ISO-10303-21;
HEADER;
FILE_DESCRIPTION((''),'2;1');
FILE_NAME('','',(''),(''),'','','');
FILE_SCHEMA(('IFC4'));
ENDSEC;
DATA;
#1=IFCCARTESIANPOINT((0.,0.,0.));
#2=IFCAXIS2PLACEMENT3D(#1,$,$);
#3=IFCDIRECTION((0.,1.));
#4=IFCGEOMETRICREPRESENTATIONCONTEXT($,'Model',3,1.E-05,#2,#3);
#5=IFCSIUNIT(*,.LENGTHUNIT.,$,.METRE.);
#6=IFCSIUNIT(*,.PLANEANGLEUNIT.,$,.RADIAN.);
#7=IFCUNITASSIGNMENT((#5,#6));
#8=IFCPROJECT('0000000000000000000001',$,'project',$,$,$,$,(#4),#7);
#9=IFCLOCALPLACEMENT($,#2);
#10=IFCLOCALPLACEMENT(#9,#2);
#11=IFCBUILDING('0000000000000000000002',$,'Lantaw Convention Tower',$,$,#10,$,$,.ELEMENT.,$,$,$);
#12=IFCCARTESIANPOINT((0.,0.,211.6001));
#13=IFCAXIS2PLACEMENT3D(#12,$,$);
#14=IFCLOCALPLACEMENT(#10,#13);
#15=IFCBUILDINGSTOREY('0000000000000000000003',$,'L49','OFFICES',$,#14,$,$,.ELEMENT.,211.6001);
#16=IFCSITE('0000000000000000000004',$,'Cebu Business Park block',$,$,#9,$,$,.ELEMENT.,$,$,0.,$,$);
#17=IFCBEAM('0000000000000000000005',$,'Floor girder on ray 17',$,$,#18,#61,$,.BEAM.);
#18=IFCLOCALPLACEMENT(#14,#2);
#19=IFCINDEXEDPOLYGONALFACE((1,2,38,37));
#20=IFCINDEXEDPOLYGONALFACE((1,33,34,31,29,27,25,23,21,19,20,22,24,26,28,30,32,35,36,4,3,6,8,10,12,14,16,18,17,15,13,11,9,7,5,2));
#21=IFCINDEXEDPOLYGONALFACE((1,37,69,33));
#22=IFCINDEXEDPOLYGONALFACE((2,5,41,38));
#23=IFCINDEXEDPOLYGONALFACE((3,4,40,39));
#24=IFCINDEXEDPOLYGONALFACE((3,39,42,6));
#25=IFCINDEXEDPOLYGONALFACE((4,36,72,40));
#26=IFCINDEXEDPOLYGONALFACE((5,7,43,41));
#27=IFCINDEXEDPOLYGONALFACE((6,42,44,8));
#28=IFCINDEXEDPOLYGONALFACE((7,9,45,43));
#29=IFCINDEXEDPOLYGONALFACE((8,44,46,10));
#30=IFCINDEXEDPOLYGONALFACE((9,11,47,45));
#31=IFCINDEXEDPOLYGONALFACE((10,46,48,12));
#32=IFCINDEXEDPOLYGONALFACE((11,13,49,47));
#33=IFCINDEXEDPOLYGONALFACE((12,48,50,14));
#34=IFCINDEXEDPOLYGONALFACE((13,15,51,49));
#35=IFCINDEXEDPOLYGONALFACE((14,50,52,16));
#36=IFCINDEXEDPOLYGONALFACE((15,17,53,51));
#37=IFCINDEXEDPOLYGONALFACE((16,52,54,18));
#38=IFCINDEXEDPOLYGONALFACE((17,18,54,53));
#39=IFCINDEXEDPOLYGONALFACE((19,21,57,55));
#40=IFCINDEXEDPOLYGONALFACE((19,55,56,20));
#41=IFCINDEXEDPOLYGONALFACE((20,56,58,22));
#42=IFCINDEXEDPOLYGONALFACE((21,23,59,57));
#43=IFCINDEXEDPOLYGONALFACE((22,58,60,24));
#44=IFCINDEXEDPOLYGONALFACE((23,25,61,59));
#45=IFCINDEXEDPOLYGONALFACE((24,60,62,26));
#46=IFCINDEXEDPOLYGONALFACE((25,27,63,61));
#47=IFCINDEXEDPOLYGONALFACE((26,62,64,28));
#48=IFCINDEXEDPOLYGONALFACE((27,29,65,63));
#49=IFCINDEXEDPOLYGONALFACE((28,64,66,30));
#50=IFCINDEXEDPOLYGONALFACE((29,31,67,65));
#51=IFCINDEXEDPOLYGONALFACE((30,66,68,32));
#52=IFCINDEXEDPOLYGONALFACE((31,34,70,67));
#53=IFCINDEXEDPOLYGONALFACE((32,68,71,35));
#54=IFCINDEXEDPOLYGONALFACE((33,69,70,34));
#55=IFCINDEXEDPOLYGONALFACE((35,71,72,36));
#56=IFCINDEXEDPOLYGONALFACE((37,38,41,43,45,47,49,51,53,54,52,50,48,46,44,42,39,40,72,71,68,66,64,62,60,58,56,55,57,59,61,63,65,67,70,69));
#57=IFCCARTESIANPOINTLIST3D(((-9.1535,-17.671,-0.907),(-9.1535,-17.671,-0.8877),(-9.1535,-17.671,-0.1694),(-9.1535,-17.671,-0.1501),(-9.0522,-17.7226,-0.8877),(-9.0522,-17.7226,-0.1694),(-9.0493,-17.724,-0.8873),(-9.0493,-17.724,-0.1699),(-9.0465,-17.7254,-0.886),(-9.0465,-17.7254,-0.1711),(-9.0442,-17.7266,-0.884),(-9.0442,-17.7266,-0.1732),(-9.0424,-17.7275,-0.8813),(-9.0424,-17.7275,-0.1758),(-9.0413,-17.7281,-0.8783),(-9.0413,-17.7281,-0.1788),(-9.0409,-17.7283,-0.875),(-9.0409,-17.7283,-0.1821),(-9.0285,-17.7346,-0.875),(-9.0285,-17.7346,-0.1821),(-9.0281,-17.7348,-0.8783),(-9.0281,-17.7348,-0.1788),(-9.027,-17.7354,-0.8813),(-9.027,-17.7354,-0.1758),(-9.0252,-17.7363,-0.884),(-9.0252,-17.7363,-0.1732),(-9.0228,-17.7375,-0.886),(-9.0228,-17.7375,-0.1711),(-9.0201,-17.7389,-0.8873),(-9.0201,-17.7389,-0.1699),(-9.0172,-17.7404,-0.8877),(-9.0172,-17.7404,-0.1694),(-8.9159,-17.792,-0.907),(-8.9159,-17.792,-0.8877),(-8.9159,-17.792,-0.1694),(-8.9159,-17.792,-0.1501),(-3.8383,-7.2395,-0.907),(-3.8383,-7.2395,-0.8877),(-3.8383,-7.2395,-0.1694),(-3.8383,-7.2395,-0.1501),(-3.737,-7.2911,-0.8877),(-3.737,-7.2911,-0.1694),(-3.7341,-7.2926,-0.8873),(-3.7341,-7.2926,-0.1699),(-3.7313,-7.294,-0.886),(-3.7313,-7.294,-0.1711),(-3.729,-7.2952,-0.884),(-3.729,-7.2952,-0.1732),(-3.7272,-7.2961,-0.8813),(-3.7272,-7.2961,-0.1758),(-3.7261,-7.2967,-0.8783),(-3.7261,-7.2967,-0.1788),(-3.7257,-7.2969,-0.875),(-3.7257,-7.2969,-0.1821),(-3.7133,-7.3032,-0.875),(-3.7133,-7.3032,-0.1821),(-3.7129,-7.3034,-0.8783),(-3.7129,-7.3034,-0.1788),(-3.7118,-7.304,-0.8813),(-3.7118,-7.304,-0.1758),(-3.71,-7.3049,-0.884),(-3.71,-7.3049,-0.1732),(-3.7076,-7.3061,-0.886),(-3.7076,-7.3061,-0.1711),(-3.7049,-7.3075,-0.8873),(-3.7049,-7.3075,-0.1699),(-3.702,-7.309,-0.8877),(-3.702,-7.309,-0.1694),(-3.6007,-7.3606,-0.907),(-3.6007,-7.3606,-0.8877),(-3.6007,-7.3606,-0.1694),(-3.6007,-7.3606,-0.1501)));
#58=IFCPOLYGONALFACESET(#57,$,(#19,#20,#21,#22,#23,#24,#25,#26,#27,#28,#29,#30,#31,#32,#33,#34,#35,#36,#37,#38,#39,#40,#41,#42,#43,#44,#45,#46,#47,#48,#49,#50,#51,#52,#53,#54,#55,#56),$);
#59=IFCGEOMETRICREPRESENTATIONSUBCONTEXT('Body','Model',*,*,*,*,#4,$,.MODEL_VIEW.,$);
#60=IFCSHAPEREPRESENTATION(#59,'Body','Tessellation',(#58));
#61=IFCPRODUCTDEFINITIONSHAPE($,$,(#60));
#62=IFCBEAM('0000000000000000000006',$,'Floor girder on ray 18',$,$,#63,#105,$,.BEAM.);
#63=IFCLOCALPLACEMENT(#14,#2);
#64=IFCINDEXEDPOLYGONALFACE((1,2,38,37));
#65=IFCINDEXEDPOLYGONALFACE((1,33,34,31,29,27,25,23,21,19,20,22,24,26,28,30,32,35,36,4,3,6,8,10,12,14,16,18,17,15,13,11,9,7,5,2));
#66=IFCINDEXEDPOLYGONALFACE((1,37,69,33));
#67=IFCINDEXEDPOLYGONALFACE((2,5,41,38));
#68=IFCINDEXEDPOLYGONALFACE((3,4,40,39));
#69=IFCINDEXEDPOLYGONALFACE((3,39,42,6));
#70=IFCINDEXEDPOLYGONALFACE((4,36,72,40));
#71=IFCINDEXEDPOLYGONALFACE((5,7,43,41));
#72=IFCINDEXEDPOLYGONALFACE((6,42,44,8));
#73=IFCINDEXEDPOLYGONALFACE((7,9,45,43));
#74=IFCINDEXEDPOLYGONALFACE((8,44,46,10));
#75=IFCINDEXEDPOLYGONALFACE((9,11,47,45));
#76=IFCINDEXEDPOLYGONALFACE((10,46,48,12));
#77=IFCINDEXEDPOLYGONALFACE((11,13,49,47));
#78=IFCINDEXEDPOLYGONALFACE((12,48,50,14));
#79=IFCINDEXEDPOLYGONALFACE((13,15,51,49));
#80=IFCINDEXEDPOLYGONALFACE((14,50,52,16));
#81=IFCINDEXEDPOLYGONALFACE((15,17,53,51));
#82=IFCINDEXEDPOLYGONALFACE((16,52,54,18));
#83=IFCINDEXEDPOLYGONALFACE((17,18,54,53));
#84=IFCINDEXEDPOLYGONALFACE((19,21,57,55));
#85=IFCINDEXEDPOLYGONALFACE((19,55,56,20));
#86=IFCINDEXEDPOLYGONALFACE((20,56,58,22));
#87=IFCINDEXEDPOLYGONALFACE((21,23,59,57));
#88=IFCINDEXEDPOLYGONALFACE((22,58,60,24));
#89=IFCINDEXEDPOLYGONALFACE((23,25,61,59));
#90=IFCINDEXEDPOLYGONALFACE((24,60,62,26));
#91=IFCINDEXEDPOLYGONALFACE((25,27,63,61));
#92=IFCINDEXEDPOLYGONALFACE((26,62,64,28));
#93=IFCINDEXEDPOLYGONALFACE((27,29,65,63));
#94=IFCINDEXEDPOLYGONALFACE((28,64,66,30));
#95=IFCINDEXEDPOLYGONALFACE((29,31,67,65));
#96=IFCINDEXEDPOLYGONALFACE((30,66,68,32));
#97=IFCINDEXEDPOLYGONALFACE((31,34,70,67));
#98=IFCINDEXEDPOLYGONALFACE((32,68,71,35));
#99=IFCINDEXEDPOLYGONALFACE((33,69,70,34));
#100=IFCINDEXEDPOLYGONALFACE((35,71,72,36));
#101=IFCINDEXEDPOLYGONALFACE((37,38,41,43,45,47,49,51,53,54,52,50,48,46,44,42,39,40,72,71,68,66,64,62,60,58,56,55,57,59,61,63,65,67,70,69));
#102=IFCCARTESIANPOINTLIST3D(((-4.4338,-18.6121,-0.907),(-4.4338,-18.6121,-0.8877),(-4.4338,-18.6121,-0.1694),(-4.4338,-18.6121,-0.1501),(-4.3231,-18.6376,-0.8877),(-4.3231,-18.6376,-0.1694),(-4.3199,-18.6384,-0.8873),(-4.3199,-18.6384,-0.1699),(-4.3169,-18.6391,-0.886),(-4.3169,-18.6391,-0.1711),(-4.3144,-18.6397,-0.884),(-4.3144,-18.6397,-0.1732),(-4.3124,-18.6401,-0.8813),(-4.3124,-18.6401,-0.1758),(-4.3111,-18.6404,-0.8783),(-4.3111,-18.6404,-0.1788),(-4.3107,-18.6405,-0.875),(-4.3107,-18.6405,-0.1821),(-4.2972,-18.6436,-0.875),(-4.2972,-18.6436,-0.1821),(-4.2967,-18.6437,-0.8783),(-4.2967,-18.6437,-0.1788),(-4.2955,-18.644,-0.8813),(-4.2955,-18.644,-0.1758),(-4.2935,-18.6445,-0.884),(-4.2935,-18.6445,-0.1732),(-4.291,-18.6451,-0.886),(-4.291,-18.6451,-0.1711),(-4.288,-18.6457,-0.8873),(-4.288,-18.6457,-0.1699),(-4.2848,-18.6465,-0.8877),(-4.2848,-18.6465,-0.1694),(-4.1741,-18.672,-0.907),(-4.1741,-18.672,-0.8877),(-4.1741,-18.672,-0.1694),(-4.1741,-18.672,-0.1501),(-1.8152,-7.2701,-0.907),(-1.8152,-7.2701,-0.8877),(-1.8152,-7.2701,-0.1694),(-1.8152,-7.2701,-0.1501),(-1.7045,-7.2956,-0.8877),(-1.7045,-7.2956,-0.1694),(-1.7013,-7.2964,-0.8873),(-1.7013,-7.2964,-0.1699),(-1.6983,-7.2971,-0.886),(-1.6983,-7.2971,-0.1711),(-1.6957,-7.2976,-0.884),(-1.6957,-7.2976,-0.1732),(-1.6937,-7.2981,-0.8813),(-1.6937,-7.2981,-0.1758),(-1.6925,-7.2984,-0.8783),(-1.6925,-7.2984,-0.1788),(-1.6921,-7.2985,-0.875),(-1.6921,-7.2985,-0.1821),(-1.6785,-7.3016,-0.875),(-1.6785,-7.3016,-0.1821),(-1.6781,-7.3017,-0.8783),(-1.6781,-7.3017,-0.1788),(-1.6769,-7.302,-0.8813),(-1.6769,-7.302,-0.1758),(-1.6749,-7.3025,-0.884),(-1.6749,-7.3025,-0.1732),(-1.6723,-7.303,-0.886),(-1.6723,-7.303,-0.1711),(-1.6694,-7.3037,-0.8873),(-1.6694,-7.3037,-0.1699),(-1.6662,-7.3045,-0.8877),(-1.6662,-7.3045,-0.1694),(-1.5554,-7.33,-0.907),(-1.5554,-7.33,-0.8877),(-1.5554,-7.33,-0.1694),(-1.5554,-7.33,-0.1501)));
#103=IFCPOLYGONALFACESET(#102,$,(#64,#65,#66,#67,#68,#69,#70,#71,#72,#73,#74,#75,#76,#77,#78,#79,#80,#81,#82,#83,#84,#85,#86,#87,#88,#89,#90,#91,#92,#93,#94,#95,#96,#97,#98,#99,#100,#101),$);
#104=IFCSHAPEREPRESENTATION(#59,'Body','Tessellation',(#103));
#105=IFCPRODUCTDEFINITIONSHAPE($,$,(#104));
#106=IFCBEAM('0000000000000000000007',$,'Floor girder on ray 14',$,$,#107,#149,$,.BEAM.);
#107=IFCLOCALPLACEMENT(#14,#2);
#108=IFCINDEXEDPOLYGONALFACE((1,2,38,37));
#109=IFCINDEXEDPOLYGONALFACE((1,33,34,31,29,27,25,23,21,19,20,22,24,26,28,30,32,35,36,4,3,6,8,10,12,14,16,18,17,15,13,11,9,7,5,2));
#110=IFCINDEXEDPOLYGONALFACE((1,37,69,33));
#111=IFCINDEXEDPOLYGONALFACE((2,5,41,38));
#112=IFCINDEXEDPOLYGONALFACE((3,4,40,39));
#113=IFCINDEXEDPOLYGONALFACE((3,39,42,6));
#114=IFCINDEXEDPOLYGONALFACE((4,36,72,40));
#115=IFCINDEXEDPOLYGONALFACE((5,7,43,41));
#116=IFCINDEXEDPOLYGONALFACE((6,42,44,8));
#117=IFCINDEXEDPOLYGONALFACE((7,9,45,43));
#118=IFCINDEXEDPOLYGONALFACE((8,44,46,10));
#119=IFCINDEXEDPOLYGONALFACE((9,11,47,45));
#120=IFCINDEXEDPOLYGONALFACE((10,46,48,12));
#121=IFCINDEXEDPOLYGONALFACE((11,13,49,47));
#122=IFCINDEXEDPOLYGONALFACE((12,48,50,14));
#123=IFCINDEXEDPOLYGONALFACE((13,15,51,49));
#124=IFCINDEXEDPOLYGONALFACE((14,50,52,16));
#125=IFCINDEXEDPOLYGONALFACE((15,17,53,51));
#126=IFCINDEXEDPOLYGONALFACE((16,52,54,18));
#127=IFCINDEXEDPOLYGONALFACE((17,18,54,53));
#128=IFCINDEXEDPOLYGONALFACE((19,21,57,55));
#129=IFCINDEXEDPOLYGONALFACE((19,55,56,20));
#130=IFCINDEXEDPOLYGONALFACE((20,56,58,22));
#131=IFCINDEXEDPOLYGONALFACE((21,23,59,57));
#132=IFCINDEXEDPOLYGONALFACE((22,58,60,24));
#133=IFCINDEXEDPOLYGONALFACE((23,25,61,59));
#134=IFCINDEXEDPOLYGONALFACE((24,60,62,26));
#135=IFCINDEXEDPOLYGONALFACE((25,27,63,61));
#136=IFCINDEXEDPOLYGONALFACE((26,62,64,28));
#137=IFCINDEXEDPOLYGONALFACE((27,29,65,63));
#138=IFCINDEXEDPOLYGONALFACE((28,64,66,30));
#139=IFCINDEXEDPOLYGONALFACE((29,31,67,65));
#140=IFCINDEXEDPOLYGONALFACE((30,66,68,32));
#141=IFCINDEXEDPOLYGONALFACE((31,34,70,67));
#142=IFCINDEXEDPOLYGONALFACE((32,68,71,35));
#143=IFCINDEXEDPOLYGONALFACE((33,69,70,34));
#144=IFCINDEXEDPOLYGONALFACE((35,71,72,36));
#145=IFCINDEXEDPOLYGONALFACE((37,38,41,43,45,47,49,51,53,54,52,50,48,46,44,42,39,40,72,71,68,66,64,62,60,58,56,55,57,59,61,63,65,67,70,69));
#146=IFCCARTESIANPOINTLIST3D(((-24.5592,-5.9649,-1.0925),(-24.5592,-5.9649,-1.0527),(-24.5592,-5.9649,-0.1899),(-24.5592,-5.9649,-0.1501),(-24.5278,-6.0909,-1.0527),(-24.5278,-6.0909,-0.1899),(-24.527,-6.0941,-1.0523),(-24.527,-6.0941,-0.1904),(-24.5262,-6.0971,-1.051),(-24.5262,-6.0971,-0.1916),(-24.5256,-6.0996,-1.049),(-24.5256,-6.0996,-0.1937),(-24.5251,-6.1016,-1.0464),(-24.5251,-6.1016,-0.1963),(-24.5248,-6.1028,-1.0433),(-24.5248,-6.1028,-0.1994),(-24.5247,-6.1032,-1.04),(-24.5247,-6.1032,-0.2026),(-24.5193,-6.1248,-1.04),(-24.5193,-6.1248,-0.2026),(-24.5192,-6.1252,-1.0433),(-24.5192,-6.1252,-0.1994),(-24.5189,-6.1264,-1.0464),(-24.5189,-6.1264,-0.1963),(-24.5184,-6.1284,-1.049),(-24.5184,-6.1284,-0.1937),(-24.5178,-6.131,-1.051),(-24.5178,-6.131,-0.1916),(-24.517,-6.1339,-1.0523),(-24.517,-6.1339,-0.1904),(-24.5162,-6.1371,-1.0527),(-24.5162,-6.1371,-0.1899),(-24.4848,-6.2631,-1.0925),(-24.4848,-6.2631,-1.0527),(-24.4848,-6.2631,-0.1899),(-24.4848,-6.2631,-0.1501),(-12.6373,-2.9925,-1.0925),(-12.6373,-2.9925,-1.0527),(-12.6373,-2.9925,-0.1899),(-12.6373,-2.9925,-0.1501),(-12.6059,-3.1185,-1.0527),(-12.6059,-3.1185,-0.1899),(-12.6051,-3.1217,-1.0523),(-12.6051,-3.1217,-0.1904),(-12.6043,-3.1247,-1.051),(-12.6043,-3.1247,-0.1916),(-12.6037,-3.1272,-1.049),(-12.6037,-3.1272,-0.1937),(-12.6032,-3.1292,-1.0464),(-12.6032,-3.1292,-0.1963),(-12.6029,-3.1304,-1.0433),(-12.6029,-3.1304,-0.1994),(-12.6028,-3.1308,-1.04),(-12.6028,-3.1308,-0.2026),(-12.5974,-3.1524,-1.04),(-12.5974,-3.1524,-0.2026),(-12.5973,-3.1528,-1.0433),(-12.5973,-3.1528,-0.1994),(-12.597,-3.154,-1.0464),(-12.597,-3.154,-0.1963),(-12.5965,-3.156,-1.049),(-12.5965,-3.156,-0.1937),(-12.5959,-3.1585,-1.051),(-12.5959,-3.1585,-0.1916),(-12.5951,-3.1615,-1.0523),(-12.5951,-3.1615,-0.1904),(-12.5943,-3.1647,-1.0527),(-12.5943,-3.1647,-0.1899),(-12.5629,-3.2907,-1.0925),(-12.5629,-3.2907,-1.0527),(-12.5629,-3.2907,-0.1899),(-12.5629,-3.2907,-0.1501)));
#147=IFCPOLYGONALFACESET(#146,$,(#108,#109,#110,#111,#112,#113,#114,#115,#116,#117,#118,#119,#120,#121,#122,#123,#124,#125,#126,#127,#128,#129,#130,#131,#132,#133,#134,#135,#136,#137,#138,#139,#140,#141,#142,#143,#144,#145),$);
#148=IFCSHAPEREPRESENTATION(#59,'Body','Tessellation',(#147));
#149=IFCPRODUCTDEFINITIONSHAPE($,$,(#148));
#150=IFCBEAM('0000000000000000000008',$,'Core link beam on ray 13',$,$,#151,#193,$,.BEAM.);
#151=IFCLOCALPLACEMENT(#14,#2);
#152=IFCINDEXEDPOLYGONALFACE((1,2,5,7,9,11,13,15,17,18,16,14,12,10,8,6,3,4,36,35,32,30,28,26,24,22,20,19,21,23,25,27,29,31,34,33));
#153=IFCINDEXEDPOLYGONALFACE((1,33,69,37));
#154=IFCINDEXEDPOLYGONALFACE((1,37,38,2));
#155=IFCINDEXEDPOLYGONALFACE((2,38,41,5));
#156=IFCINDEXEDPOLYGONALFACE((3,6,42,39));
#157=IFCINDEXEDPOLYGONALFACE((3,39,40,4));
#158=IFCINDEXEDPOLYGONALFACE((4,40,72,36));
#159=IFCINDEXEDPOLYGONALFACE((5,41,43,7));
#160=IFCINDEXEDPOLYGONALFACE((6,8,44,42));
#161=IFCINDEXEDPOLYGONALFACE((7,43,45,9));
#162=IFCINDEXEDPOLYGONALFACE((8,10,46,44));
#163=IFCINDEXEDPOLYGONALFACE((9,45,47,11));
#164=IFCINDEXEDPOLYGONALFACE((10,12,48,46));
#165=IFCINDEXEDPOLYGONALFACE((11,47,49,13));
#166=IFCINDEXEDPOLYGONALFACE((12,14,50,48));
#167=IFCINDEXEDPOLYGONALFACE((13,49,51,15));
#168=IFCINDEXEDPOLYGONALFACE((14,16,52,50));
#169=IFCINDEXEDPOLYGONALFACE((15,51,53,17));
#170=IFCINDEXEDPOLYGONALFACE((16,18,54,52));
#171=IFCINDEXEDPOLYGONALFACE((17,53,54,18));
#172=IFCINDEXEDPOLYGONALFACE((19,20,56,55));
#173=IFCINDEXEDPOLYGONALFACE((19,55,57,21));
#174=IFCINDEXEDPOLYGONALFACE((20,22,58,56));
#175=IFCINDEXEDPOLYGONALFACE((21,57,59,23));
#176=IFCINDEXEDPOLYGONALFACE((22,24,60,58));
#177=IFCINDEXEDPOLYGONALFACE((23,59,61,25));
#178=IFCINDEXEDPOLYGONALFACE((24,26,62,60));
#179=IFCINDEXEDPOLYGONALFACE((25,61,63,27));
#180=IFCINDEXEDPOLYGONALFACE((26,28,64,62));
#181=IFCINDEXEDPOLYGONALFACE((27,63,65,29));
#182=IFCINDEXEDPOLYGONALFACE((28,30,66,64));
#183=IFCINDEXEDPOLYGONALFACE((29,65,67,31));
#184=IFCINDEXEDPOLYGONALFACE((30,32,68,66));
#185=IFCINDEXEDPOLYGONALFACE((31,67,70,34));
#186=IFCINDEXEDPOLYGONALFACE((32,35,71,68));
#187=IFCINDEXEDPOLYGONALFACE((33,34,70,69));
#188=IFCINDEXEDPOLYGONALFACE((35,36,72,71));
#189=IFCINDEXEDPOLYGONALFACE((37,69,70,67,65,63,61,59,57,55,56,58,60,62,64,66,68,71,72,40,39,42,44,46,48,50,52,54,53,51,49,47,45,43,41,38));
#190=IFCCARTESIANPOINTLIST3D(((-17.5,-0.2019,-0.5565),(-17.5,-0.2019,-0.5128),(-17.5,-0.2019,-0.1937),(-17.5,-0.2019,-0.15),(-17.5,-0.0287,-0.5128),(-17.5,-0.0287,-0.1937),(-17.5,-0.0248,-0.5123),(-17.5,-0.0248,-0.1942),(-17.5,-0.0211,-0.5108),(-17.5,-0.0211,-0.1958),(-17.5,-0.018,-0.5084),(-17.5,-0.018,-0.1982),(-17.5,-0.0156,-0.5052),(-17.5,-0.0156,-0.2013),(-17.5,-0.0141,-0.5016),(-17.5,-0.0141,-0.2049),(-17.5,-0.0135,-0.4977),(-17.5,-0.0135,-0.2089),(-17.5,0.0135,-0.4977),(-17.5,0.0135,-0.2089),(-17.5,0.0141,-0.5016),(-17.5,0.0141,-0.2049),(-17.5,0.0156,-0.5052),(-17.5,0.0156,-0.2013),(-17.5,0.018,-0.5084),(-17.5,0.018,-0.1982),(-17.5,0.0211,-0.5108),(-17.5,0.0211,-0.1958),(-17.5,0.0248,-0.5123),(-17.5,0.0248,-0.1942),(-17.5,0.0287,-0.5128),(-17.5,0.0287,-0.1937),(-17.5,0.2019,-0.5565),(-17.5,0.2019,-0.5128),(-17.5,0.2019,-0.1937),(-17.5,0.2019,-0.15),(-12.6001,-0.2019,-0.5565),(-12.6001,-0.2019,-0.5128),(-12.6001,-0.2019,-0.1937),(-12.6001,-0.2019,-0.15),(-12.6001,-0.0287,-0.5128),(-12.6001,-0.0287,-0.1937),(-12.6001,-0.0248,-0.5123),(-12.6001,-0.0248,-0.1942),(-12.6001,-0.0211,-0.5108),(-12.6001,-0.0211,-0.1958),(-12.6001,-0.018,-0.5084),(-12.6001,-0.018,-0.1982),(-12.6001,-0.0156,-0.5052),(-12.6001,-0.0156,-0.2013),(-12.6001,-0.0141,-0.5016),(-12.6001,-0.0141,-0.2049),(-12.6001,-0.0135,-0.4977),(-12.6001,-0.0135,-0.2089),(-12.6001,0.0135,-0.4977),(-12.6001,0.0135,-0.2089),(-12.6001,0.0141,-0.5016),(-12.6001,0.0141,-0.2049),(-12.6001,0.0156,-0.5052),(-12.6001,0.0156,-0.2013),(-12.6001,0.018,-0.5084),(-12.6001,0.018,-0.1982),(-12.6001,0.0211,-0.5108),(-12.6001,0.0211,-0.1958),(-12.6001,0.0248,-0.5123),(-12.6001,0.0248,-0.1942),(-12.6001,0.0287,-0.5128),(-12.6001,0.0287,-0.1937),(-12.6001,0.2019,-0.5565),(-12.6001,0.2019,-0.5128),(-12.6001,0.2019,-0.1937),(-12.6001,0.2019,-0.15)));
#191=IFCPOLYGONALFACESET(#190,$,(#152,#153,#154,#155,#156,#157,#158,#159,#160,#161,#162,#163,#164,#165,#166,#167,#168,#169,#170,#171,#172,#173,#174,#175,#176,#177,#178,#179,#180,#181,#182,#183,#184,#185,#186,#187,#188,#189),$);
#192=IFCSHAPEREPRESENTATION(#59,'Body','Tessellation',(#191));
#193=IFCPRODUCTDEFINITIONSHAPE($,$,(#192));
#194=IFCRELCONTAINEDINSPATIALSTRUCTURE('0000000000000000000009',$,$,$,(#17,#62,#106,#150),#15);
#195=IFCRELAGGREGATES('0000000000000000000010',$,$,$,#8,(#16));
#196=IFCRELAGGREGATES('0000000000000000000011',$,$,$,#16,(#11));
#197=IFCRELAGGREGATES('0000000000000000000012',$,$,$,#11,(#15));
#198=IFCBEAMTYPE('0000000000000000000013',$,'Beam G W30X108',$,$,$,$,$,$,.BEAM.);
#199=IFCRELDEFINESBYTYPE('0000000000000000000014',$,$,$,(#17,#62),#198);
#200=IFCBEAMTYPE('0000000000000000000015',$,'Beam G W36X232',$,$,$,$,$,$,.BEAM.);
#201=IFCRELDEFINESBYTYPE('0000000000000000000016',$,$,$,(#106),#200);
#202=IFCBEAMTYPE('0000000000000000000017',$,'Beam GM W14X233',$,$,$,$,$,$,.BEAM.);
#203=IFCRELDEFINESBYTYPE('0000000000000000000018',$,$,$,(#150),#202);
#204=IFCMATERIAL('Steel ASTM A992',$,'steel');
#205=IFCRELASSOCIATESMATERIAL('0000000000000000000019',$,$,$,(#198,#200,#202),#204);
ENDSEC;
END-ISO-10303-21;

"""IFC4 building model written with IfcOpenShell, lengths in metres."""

from ifc_helpers import new_model, si_unit, direction, frame, origin, origin_2d, place, context, subcontext, project, spatial, i_section, extrude, material, material_profile, profile_set, type_object, element, save


model = new_model("IFC4")

# Units and contexts
model_context = context("Model", 3, precision=1e-05, world=origin(), true_north=direction((0.0, 1.0)))
body_context = subcontext(model_context, "Body", "Model", "MODEL_VIEW")
ifc_project = project(units=[si_unit("LENGTHUNIT", "METRE"), si_unit("PLANEANGLEUNIT", "RADIAN")], contexts=[model_context])

# Site, building, storey
site_placement = place(None, origin())
site = spatial("IfcSite", under=ifc_project, at=site_placement, Name="Cebu Business Park block", CompositionType="ELEMENT", RefElevation=0.0)
building_placement = place(site_placement, origin())
building = spatial("IfcBuilding", under=site, at=building_placement, Name="Lantaw Convention Tower", CompositionType="ELEMENT")
storey_placement = place(building_placement, frame((0.0, 0.0, 211.6001)))
storey = spatial("IfcBuildingStorey", under=building, at=storey_placement, Name="L49", Description="OFFICES", CompositionType="ELEMENT", Elevation=211.6001)

# Beams
ifc_material_1 = material(Name="Steel ASTM A992", Category="steel")
ifc_material_profile_1 = material_profile(ifc_material_1, i_section(OverallWidth=0.2666, OverallDepth=0.7568, WebThickness=0.0139, FlangeThickness=0.0193, FilletRadius=0.0127, at=origin_2d()), Name="W30X108")
ifc_profile_set_1 = profile_set([ifc_material_profile_1], Name="Steel ASTM A992")
beam_type_1 = type_object("IfcBeamType", Name="Beam G W30X108", PredefinedType="BEAM", material=ifc_profile_set_1)
beam_1_placement = place(storey_placement, frame((-3.7195, -7.3, -0.5286), z_axis=(-0.453999, -0.891002, 0.0), x_axis=(0.891002, -0.453999, 0.0)))
element("IfcBeam", 1, at=beam_1_placement, inside=storey, type_object=beam_type_1, Name="Floor girder on ray 17", PredefinedType="BEAM", context=body_context, shape_type="SweptSolid", body=[
    extrude(i_section(OverallWidth=0.2666, OverallDepth=0.7568, WebThickness=0.0139, FlangeThickness=0.0193, FilletRadius=0.0127, at=origin_2d()), origin(), (0.0, 0.0, 1.0), 11.7075),
])
beam_2_placement = place(storey_placement, frame((-1.6853, -7.3, -0.5286), z_axis=(-0.224962, -0.974368, 0.0), x_axis=(0.974368, -0.224962, 0.0)))
element("IfcBeam", 2, at=beam_2_placement, inside=storey, type_object=beam_type_1, Name="Floor girder on ray 18", PredefinedType="BEAM", context=body_context, shape_type="SweptSolid", body=[
    extrude(i_section(OverallWidth=0.2666, OverallDepth=0.7568, WebThickness=0.0139, FlangeThickness=0.0193, FilletRadius=0.0127, at=origin_2d()), origin(), (0.0, 0.0, 1.0), 11.6404),
])
ifc_material_profile_2 = material_profile(ifc_material_1, i_section(OverallWidth=0.3074, OverallDepth=0.9424, WebThickness=0.0222, FlangeThickness=0.0398, FilletRadius=0.0127, at=origin_2d()), Name="W36X232")
ifc_profile_set_2 = profile_set([ifc_material_profile_2], Name="Steel ASTM A992")
beam_type_2 = type_object("IfcBeamType", Name="Beam G W36X232", PredefinedType="BEAM", material=ifc_profile_set_2)
beam_3_placement = place(storey_placement, frame((-12.6001, -3.1416, -0.6213), z_axis=(-0.970297, -0.241918, 0.0), x_axis=(0.241918, -0.970297, 0.0)))
element("IfcBeam", 3, at=beam_3_placement, inside=storey, type_object=beam_type_2, Name="Floor girder on ray 14", PredefinedType="BEAM", context=body_context, shape_type="SweptSolid", body=[
    extrude(i_section(OverallWidth=0.3074, OverallDepth=0.9424, WebThickness=0.0222, FlangeThickness=0.0398, FilletRadius=0.0127, at=origin_2d()), origin(), (0.0, 0.0, 1.0), 12.2869),
])
ifc_material_profile_3 = material_profile(ifc_material_1, i_section(OverallWidth=0.4038, OverallDepth=0.4065, WebThickness=0.0271, FlangeThickness=0.0437, FilletRadius=0.0151, at=origin_2d()), Name="W14X233")
ifc_profile_set_3 = profile_set([ifc_material_profile_3], Name="Steel ASTM A992")
beam_type_3 = type_object("IfcBeamType", Name="Beam GM W14X233", PredefinedType="BEAM", material=ifc_profile_set_3)
beam_4_placement = place(storey_placement, frame((-12.6001, 0.0, -0.3533), z_axis=(-1.0, 0.0, 0.0), x_axis=(0.0, -1.0, 0.0)))
element("IfcBeam", 4, at=beam_4_placement, inside=storey, type_object=beam_type_3, Name="Core link beam on ray 13", PredefinedType="BEAM", context=body_context, shape_type="SweptSolid", body=[
    extrude(i_section(OverallWidth=0.4038, OverallDepth=0.4065, WebThickness=0.0271, FlangeThickness=0.0437, FilletRadius=0.0151, at=origin_2d()), origin(), (0.0, 0.0, 1.0), 4.8999),
])

save(model, "model.ifc")
